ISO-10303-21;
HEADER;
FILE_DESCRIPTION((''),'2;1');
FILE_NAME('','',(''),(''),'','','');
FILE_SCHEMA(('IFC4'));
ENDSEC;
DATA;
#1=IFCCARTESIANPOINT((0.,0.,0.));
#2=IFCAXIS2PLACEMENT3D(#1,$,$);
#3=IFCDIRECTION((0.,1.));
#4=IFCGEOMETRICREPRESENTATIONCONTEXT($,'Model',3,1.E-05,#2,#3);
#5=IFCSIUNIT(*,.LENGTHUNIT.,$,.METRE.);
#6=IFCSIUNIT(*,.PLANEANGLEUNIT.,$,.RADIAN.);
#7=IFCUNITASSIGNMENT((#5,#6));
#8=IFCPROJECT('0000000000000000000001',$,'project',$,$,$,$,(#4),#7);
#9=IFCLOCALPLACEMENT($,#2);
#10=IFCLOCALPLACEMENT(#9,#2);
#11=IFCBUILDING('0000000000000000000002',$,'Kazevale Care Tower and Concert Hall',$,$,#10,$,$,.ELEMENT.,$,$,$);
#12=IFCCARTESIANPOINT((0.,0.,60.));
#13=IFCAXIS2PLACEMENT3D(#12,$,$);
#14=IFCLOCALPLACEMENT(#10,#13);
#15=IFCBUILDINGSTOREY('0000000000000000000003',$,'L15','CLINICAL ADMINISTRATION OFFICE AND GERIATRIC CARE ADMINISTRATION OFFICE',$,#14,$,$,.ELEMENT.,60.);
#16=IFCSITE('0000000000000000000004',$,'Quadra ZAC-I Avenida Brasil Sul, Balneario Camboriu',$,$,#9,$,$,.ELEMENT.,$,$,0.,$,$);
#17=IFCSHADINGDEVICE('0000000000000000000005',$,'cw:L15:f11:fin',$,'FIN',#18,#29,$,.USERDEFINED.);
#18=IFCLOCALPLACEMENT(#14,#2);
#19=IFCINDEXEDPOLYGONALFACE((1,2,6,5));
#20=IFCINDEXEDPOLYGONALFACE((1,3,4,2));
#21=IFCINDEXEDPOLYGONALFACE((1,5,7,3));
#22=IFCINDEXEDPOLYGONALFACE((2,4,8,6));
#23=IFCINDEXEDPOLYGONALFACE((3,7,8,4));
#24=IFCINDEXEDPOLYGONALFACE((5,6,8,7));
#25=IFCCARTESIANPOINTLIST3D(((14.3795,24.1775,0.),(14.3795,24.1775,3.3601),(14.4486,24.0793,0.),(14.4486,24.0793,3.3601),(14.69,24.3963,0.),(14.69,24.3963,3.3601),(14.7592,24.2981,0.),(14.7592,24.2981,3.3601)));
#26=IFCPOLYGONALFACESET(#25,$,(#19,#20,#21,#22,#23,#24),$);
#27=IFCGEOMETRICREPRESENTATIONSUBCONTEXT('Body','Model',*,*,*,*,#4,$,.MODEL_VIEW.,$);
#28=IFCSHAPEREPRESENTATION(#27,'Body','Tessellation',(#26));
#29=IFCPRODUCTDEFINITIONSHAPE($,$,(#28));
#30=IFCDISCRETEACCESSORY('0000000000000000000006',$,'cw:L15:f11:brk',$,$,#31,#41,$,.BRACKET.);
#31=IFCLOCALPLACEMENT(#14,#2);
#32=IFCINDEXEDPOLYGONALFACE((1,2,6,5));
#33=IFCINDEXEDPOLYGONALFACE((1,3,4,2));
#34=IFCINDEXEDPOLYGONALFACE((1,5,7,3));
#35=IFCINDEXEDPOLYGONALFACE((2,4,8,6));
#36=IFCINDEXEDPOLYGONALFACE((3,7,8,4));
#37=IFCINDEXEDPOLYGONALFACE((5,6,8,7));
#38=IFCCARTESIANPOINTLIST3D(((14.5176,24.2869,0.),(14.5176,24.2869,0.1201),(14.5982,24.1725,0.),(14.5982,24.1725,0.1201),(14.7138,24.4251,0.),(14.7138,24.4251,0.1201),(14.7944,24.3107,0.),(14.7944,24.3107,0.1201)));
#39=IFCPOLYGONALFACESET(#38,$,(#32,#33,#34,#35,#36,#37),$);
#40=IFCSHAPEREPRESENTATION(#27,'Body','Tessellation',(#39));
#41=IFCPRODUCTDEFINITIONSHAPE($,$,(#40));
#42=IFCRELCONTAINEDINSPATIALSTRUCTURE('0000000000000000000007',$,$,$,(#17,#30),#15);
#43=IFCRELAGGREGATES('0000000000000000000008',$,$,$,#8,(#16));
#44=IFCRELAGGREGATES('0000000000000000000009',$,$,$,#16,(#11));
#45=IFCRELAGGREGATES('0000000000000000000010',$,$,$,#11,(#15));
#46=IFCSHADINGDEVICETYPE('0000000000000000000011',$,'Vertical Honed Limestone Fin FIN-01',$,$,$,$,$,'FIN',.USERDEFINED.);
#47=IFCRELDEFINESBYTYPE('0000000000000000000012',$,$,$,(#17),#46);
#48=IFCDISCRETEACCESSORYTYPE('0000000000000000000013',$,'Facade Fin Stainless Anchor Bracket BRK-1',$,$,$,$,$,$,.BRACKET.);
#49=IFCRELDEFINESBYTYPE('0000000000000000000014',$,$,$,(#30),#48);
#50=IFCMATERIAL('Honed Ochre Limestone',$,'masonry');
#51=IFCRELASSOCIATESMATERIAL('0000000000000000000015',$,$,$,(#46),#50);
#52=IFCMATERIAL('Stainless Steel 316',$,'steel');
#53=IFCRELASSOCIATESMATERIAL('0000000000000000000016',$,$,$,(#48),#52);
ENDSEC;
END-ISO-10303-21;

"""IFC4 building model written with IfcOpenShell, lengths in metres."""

from ifc_helpers import new_model, si_unit, direction, frame, origin, origin_2d, place, context, subcontext, project, spatial, rectangle, extrude, material, type_object, element, save


model = new_model("IFC4")

# Units and contexts
model_context = context("Model", 3, precision=1e-05, world=origin(), true_north=direction((0.0, 1.0)))
body_context = subcontext(model_context, "Body", "Model", "MODEL_VIEW")
ifc_project = project(units=[si_unit("LENGTHUNIT", "METRE"), si_unit("PLANEANGLEUNIT", "RADIAN")], contexts=[model_context])

# Site, building, storey
site_placement = place(None, origin())
site = spatial("IfcSite", under=ifc_project, at=site_placement, Name="Quadra ZAC-I Avenida Brasil Sul, Balneario Camboriu", CompositionType="ELEMENT", RefElevation=0.0)
building_placement = place(site_placement, origin())
building = spatial("IfcBuilding", under=site, at=building_placement, Name="Kazevale Care Tower and Concert Hall", CompositionType="ELEMENT")
storey_placement = place(building_placement, frame((0.0, 0.0, 60.0)))
storey = spatial("IfcBuildingStorey", under=building, at=storey_placement, Name="L15", Description="CLINICAL ADMINISTRATION OFFICE AND GERIATRIC CARE ADMINISTRATION OFFICE", CompositionType="ELEMENT", Elevation=60.0)

# Shading device
ifc_material_1 = material(Name="Honed Ochre Limestone", Category="masonry")
shading_device_type = type_object("IfcShadingDeviceType", Name="Vertical Honed Limestone Fin FIN-01", ElementType="FIN", PredefinedType="USERDEFINED", material=ifc_material_1)
shading_device_placement = place(storey_placement, frame((14.5693, 24.2378, 0.0), z_axis=(0.0, 0.0, 1.0), x_axis=(-0.817547, -0.575862, 0.0)))
element("IfcShadingDevice", 1, at=shading_device_placement, inside=storey, type_object=shading_device_type, Name="cw:L15:f11:fin", ObjectType="FIN", PredefinedType="USERDEFINED", context=body_context, shape_type="SweptSolid", body=[
    extrude(rectangle(XDim=0.3799, YDim=0.1201, at=origin_2d()), origin(), (0.0, 0.0, 1.0), 3.3601),
])

# Discrete accessory
ifc_material_2 = material(Name="Stainless Steel 316", Category="steel")
discrete_accessory_type = type_object("IfcDiscreteAccessoryType", Name="Facade Fin Stainless Anchor Bracket BRK-1", PredefinedType="BRACKET", material=ifc_material_2)
discrete_accessory_placement = place(storey_placement, frame((14.656, 24.2988, 0.0), z_axis=(0.0, 0.0, 1.0), x_axis=(-0.817547, -0.575862, 0.0)))
element("IfcDiscreteAccessory", 2, at=discrete_accessory_placement, inside=storey, type_object=discrete_accessory_type, Name="cw:L15:f11:brk", PredefinedType="BRACKET", context=body_context, shape_type="SweptSolid", body=[
    extrude(rectangle(XDim=0.24, YDim=0.1399, at=origin_2d()), origin(), (0.0, 0.0, 1.0), 0.1201),
])

save(model, "model.ifc")
